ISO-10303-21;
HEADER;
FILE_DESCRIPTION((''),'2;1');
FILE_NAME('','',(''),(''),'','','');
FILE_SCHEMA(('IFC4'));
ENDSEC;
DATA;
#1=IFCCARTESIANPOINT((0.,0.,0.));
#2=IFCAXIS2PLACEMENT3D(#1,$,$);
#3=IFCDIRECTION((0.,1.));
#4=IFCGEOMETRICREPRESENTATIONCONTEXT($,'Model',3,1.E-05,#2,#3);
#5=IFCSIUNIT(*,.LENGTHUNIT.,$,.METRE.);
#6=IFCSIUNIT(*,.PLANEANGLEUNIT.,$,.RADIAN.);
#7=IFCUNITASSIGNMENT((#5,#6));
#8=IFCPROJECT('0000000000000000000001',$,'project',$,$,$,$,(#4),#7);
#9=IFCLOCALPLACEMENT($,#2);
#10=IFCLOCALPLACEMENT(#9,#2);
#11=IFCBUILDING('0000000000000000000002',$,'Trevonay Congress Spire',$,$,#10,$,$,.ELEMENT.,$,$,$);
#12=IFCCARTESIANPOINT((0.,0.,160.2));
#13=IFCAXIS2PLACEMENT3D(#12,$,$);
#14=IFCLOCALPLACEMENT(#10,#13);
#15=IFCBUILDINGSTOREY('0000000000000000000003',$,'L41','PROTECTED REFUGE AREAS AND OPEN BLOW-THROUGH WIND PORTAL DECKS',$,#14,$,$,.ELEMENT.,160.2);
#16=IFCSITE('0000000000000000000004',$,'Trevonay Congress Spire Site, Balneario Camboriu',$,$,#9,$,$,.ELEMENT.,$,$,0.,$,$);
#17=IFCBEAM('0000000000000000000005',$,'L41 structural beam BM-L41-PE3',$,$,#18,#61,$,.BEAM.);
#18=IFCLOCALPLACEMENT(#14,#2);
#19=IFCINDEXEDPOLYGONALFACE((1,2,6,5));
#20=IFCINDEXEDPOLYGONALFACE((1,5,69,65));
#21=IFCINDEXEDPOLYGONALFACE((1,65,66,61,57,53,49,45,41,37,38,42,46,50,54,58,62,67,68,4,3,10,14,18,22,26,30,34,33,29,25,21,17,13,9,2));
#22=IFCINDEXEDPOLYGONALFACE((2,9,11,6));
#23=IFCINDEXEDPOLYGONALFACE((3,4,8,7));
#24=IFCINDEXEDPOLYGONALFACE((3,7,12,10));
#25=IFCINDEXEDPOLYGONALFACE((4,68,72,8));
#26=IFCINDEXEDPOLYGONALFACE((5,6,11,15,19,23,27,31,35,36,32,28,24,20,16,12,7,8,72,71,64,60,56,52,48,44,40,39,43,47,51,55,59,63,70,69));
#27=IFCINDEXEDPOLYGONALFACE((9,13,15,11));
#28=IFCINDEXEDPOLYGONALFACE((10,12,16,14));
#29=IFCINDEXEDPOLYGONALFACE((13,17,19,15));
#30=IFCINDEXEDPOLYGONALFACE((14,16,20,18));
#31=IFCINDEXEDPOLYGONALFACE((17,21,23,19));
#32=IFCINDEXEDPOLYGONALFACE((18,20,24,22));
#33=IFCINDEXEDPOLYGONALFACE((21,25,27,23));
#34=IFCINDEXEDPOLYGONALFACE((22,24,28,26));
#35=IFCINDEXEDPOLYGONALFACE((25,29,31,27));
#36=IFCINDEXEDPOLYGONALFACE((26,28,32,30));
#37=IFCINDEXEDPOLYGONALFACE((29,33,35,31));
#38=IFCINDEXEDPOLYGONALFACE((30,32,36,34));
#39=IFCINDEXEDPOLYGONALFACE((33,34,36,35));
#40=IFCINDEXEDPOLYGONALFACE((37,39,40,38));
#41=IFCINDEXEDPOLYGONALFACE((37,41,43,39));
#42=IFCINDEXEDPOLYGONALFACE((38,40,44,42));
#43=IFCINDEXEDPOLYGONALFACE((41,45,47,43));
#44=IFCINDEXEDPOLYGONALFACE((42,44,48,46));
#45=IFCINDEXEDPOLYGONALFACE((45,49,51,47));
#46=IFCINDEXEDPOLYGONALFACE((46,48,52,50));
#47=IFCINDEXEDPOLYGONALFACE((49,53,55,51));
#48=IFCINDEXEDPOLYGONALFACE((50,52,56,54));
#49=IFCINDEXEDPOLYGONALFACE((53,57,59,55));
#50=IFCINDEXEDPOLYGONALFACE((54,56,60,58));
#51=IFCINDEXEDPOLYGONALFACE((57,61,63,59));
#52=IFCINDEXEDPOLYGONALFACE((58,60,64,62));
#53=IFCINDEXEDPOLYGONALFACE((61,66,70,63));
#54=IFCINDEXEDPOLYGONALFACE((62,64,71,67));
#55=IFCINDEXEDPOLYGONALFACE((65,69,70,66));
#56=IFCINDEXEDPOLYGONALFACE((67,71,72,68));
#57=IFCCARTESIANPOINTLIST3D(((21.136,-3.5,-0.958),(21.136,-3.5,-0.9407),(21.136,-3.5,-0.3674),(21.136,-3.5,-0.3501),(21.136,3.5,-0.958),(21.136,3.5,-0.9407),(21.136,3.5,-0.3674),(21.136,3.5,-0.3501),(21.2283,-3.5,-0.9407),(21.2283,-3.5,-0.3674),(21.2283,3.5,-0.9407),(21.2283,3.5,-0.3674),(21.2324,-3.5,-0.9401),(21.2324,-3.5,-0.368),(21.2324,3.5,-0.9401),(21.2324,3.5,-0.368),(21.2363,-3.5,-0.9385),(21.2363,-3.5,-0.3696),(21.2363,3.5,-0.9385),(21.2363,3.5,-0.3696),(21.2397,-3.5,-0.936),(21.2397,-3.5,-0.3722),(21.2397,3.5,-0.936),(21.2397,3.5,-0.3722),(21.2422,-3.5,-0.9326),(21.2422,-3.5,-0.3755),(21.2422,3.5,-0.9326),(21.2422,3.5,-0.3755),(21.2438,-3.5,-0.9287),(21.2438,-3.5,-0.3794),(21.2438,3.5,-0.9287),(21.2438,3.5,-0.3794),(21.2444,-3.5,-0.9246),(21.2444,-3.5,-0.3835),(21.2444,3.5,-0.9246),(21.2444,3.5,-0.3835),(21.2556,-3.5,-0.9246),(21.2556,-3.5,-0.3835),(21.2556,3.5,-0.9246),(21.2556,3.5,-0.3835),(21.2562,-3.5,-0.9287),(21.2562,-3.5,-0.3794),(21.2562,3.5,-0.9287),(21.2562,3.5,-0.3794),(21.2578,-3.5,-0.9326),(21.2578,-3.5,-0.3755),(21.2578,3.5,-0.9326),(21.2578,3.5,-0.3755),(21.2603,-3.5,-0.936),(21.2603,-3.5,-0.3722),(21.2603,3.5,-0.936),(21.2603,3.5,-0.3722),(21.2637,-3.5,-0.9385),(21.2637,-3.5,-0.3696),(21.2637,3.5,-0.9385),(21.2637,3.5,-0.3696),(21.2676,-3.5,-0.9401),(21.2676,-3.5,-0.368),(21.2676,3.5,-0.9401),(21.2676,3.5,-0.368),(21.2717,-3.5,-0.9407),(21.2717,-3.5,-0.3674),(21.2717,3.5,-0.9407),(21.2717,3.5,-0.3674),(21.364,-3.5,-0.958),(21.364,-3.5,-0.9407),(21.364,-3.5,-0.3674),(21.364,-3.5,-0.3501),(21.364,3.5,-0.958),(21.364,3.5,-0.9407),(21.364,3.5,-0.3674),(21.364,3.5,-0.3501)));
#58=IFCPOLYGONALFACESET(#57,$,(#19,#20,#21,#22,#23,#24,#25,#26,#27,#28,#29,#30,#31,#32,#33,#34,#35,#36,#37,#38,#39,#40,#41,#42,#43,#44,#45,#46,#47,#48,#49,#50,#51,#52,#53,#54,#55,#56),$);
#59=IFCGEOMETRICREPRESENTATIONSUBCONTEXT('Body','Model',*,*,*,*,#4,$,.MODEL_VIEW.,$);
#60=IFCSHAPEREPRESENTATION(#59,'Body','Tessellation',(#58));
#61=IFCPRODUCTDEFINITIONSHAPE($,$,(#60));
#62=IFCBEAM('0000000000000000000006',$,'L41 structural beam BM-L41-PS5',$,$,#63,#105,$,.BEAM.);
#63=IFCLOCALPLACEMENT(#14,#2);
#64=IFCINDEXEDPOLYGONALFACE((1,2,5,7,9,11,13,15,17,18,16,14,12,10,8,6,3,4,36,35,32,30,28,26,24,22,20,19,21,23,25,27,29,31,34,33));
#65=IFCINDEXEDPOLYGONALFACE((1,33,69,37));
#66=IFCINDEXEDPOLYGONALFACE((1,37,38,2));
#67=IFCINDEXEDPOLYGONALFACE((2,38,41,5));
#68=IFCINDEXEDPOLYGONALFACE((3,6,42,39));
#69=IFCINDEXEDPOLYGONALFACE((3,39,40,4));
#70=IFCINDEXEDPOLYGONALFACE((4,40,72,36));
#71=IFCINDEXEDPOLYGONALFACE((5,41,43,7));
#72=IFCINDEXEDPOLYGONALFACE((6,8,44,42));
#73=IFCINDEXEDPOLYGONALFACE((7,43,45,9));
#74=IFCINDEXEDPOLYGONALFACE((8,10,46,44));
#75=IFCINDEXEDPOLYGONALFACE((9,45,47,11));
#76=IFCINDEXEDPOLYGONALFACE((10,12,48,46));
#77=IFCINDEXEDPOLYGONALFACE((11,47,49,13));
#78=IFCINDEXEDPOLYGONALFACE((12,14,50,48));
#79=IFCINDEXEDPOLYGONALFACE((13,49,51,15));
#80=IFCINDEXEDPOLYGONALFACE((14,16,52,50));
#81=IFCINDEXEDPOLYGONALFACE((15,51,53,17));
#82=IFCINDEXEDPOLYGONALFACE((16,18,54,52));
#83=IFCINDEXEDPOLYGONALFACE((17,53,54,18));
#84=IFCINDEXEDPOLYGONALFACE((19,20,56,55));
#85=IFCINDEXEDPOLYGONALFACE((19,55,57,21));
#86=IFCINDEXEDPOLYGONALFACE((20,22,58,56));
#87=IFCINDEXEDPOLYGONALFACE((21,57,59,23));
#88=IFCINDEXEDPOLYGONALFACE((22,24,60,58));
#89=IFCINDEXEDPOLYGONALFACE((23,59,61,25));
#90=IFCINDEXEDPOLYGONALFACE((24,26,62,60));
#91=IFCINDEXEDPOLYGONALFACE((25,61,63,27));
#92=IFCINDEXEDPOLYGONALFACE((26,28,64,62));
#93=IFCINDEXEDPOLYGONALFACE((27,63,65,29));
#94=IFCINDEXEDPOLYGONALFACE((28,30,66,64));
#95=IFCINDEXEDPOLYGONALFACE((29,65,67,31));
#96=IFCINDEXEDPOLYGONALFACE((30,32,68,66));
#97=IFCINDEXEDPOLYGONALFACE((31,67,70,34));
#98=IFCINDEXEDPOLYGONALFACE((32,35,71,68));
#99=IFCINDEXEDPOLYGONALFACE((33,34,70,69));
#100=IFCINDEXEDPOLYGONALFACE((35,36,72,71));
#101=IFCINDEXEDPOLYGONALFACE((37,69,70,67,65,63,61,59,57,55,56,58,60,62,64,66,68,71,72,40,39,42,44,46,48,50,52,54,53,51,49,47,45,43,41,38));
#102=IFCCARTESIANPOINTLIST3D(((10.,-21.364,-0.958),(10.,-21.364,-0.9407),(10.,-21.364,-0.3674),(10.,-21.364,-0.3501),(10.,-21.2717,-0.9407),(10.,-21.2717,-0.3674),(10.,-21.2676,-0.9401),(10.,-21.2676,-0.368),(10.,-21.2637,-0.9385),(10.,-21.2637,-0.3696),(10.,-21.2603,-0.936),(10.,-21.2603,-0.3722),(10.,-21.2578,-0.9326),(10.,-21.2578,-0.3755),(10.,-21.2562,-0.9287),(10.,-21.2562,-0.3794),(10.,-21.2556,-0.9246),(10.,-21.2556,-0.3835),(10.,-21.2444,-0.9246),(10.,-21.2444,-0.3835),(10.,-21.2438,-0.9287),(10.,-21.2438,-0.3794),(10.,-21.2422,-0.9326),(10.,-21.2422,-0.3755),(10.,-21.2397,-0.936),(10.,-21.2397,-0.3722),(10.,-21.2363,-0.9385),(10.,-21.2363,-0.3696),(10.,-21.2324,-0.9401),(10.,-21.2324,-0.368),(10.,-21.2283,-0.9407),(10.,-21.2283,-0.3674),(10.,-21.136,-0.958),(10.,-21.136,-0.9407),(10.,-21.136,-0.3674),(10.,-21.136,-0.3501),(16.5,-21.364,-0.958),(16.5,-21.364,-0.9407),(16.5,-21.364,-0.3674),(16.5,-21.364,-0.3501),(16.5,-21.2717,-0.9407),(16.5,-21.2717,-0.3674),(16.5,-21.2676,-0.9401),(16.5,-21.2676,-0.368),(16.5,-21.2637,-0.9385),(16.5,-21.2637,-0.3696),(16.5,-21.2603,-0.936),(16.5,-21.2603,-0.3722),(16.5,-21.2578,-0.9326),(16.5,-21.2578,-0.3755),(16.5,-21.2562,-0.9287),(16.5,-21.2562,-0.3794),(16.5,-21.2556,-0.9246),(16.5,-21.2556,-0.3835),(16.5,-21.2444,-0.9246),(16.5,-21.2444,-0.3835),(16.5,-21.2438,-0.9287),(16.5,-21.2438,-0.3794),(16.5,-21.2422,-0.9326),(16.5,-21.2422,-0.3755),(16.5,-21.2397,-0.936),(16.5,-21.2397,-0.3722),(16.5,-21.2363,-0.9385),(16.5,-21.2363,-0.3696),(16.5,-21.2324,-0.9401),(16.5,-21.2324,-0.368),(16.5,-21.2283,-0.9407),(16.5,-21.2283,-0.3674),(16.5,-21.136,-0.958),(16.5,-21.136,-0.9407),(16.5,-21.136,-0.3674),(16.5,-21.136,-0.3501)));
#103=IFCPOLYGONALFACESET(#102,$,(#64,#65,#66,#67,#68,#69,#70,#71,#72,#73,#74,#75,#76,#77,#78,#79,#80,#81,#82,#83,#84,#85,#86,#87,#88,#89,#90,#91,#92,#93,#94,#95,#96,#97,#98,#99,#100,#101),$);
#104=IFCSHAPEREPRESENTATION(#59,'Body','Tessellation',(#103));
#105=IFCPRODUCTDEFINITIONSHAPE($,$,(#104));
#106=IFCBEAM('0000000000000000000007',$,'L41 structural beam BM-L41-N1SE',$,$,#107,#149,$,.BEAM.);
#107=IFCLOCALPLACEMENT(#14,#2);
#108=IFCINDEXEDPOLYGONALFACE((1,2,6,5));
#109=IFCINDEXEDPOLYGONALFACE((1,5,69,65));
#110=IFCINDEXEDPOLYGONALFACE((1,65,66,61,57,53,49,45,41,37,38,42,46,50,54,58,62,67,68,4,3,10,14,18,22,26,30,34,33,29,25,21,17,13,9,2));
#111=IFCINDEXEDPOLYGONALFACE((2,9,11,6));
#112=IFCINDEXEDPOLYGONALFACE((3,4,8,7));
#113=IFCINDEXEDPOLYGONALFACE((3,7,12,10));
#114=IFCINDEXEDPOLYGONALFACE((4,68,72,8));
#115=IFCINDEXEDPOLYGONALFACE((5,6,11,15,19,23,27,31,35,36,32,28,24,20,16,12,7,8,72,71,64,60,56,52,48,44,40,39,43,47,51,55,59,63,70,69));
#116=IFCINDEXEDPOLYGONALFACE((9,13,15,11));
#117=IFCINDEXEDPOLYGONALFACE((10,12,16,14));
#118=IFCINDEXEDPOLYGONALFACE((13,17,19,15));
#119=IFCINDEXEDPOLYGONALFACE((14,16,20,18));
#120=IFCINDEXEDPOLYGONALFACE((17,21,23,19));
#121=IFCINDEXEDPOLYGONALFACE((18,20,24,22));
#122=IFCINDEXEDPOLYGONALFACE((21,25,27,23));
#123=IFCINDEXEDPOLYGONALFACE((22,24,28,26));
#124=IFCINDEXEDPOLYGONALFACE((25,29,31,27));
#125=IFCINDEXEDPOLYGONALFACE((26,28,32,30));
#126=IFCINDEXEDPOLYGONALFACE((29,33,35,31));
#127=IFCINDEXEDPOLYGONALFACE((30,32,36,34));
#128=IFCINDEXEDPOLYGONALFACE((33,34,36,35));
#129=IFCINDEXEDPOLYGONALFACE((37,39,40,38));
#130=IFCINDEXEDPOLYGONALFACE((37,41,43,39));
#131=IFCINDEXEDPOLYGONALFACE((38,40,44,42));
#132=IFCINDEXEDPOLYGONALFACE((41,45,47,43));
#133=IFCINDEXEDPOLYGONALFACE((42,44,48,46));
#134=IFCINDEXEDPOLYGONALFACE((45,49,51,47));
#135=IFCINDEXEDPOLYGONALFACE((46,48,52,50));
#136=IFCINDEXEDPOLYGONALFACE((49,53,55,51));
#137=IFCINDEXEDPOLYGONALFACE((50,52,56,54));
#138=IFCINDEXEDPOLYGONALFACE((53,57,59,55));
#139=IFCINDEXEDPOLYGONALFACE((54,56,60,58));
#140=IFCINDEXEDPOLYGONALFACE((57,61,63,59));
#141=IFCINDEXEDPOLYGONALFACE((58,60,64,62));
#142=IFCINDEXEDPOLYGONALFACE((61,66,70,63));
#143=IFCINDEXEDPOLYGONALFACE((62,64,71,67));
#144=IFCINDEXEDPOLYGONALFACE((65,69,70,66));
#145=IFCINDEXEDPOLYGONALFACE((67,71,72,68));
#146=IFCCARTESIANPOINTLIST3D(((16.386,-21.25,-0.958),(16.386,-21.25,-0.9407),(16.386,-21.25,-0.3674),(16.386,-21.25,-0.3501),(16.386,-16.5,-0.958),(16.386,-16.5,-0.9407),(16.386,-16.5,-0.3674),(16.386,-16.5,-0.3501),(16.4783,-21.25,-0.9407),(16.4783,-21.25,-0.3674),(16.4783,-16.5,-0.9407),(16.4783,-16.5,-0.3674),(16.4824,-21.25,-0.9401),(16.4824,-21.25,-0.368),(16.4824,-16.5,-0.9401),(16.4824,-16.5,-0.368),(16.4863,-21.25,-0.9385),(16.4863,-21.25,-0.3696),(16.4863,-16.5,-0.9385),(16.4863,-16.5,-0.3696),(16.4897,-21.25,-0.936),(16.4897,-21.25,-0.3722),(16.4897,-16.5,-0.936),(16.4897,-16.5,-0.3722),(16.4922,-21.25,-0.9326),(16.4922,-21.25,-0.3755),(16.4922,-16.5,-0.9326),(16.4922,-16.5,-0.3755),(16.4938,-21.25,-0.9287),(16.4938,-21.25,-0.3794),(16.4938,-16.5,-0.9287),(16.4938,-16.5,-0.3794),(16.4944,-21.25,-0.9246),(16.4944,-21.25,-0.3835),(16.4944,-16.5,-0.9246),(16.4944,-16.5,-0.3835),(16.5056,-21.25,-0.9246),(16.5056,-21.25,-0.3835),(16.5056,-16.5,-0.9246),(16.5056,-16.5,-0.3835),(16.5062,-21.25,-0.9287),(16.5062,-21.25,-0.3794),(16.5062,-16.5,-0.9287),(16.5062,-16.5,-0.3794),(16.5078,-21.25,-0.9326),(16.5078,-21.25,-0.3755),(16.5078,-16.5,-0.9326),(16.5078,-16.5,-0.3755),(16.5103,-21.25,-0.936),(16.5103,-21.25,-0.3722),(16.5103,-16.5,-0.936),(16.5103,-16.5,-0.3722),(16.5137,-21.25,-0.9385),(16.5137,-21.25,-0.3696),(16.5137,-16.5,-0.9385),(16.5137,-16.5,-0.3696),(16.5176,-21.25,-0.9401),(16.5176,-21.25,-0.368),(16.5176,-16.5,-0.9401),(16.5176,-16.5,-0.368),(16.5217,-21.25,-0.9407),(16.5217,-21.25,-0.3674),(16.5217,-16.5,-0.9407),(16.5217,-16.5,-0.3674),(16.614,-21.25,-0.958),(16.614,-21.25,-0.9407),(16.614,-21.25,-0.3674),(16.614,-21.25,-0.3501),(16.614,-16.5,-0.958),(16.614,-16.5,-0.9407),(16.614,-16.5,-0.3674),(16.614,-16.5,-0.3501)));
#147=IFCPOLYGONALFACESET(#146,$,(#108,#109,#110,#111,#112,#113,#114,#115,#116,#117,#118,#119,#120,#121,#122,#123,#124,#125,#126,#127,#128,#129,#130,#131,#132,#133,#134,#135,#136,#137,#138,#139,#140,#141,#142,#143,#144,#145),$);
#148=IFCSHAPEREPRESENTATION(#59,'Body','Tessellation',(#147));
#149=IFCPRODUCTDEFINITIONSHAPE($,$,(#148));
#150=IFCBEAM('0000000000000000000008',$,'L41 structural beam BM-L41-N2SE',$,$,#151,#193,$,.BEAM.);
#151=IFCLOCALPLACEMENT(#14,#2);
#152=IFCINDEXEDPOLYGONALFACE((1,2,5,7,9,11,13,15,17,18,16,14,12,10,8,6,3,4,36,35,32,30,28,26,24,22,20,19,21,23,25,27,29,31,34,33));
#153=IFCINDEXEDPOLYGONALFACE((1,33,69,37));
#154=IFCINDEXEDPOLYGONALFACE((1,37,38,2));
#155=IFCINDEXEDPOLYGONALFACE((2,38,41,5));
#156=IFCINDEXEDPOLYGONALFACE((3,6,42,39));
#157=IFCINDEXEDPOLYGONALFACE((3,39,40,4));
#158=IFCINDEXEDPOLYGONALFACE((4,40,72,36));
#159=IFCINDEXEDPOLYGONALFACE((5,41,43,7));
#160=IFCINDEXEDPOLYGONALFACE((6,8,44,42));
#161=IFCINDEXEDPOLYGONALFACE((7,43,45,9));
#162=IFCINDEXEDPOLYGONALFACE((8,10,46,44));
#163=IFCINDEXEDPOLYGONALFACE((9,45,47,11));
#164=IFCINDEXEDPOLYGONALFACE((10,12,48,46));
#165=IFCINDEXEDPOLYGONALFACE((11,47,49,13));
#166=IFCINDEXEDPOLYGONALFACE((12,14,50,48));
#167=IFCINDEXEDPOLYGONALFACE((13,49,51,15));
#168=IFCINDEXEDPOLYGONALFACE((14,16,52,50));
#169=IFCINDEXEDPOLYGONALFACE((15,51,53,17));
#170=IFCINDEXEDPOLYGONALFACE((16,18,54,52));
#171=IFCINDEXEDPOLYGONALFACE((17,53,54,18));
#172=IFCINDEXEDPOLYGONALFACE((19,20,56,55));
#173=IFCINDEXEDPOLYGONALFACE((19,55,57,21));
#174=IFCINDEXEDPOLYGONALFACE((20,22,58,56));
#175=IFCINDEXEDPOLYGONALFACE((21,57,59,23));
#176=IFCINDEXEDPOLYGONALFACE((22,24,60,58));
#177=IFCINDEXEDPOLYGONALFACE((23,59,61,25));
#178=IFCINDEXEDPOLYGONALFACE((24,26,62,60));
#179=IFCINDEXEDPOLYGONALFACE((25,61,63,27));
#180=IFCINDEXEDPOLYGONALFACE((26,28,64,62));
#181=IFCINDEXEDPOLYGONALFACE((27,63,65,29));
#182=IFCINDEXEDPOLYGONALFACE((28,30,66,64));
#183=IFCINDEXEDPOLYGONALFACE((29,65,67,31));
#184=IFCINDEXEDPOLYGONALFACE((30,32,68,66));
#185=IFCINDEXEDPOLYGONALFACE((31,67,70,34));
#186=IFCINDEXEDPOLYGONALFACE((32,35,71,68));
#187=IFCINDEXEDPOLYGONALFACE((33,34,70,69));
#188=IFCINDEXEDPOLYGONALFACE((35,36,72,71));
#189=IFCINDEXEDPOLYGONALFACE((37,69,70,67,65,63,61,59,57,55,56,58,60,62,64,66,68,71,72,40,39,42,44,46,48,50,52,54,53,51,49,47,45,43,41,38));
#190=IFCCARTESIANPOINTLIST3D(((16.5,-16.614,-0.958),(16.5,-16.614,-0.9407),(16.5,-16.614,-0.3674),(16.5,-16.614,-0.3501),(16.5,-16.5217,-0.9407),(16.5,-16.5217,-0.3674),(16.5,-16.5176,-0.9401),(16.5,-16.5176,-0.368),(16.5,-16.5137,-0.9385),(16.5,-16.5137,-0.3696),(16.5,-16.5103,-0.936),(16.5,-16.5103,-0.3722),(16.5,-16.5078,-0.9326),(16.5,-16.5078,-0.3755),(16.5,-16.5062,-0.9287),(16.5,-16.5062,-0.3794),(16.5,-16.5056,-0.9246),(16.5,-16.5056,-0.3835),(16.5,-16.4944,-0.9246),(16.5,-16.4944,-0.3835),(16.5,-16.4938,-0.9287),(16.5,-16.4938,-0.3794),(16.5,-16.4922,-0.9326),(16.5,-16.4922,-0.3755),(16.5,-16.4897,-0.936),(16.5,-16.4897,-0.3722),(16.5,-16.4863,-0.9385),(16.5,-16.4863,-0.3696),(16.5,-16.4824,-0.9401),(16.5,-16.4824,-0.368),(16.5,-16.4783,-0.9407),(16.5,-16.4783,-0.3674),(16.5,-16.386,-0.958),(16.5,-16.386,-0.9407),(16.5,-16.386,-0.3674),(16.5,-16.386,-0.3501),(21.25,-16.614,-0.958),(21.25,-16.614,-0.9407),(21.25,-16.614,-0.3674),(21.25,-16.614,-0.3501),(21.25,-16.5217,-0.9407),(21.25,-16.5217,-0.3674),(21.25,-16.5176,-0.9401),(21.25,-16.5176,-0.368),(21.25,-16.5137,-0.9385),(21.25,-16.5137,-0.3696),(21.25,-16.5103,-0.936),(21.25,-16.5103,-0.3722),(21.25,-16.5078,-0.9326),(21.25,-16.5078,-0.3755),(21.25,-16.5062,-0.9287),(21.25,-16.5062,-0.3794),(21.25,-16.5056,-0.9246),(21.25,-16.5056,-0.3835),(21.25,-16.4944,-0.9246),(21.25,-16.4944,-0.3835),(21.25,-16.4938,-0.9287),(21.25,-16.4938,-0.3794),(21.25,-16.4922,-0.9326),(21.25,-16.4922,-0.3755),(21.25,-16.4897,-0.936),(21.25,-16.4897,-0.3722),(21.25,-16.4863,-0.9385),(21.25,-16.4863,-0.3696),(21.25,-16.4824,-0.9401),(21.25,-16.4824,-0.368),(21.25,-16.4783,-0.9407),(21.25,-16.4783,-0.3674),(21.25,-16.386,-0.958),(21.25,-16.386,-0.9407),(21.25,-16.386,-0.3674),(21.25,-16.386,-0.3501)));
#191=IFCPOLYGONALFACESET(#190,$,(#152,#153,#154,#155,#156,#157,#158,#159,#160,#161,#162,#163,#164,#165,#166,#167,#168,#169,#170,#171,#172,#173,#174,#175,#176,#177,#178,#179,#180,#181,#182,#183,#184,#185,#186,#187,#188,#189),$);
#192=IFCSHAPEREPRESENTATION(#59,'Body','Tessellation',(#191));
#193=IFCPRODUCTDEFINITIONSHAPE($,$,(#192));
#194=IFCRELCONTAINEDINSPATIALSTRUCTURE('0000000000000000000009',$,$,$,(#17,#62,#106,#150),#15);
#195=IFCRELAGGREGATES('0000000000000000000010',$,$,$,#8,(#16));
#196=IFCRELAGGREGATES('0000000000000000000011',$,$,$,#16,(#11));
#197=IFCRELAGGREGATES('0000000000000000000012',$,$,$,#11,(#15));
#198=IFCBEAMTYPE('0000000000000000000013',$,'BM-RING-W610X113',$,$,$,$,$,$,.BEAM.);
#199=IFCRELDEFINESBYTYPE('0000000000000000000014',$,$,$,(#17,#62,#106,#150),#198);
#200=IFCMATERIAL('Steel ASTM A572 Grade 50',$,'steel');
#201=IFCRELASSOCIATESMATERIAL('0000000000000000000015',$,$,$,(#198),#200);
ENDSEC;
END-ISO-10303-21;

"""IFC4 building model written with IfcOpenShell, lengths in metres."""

from ifc_helpers import new_model, si_unit, direction, frame, origin, origin_2d, place, context, subcontext, project, spatial, i_section, extrude, material, material_profile, profile_set, type_object, element, save


model = new_model("IFC4")

# Units and contexts
model_context = context("Model", 3, precision=1e-05, world=origin(), true_north=direction((0.0, 1.0)))
body_context = subcontext(model_context, "Body", "Model", "MODEL_VIEW")
ifc_project = project(units=[si_unit("LENGTHUNIT", "METRE"), si_unit("PLANEANGLEUNIT", "RADIAN")], contexts=[model_context])

# Site, building, storey
site_placement = place(None, origin())
site = spatial("IfcSite", under=ifc_project, at=site_placement, Name="Trevonay Congress Spire Site, Balneario Camboriu", CompositionType="ELEMENT", RefElevation=0.0)
building_placement = place(site_placement, origin())
building = spatial("IfcBuilding", under=site, at=building_placement, Name="Trevonay Congress Spire", CompositionType="ELEMENT")
storey_placement = place(building_placement, frame((0.0, 0.0, 160.2)))
storey = spatial("IfcBuildingStorey", under=building, at=storey_placement, Name="L41", Description="PROTECTED REFUGE AREAS AND OPEN BLOW-THROUGH WIND PORTAL DECKS", CompositionType="ELEMENT", Elevation=160.2)

# Shared definitions
ifc_material_1 = material(Name="Steel ASTM A572 Grade 50", Category="steel")

# Beams
ifc_material_profile_1 = material_profile(ifc_material_1, i_section(OverallWidth=0.228, OverallDepth=0.6079, WebThickness=0.0112, FlangeThickness=0.0173, FilletRadius=0.0161, at=origin_2d()), Name="W610x113")
ifc_profile_set_1 = profile_set([ifc_material_profile_1], Name="Steel ASTM A572 Grade 50")
beam_type_1 = type_object("IfcBeamType", Name="BM-RING-W610X113", PredefinedType="BEAM", material=ifc_profile_set_1)
beam_1_placement = place(storey_placement, frame((21.25, -3.5, -0.6541), z_axis=(0.0, 1.0, 0.0), x_axis=(-1.0, 0.0, 0.0)))
element("IfcBeam", 1, at=beam_1_placement, inside=storey, type_object=beam_type_1, Name="L41 structural beam BM-L41-PE3", PredefinedType="BEAM", context=body_context, shape_type="SweptSolid", body=[
    extrude(i_section(OverallWidth=0.228, OverallDepth=0.6079, WebThickness=0.0112, FlangeThickness=0.0173, FilletRadius=0.0161, at=origin_2d()), origin(), (0.0, 0.0, 1.0), 7.0),
])
beam_2_placement = place(storey_placement, frame((10.0, -21.25, -0.6541), z_axis=(1.0, 0.0, 0.0), x_axis=(0.0, 1.0, 0.0)))
element("IfcBeam", 2, at=beam_2_placement, inside=storey, type_object=beam_type_1, Name="L41 structural beam BM-L41-PS5", PredefinedType="BEAM", context=body_context, shape_type="SweptSolid", body=[
    extrude(i_section(OverallWidth=0.228, OverallDepth=0.6079, WebThickness=0.0112, FlangeThickness=0.0173, FilletRadius=0.0161, at=origin_2d()), origin(), (0.0, 0.0, 1.0), 6.5),
])
for number, where, z_axis, x_axis, name in (
    (3, (16.5, -21.25, -0.6541), (0.0, 1.0, 0.0), (-1.0, 0.0, 0.0), "L41 structural beam BM-L41-N1SE"),
    (4, (21.25, -16.5, -0.6541), (-1.0, 0.0, 0.0), (0.0, -1.0, 0.0), "L41 structural beam BM-L41-N2SE"),
):
    element("IfcBeam", number, at=place(storey_placement, frame(where, z_axis=z_axis, x_axis=x_axis)), inside=storey, type_object=beam_type_1, Name=name, PredefinedType="BEAM", context=body_context, shape_type="SweptSolid", body=[
        extrude(i_section(OverallWidth=0.228, OverallDepth=0.6079, WebThickness=0.0112, FlangeThickness=0.0173, FilletRadius=0.0161, at=origin_2d()), origin(), (0.0, 0.0, 1.0), 4.75),
    ])

save(model, "model.ifc")
